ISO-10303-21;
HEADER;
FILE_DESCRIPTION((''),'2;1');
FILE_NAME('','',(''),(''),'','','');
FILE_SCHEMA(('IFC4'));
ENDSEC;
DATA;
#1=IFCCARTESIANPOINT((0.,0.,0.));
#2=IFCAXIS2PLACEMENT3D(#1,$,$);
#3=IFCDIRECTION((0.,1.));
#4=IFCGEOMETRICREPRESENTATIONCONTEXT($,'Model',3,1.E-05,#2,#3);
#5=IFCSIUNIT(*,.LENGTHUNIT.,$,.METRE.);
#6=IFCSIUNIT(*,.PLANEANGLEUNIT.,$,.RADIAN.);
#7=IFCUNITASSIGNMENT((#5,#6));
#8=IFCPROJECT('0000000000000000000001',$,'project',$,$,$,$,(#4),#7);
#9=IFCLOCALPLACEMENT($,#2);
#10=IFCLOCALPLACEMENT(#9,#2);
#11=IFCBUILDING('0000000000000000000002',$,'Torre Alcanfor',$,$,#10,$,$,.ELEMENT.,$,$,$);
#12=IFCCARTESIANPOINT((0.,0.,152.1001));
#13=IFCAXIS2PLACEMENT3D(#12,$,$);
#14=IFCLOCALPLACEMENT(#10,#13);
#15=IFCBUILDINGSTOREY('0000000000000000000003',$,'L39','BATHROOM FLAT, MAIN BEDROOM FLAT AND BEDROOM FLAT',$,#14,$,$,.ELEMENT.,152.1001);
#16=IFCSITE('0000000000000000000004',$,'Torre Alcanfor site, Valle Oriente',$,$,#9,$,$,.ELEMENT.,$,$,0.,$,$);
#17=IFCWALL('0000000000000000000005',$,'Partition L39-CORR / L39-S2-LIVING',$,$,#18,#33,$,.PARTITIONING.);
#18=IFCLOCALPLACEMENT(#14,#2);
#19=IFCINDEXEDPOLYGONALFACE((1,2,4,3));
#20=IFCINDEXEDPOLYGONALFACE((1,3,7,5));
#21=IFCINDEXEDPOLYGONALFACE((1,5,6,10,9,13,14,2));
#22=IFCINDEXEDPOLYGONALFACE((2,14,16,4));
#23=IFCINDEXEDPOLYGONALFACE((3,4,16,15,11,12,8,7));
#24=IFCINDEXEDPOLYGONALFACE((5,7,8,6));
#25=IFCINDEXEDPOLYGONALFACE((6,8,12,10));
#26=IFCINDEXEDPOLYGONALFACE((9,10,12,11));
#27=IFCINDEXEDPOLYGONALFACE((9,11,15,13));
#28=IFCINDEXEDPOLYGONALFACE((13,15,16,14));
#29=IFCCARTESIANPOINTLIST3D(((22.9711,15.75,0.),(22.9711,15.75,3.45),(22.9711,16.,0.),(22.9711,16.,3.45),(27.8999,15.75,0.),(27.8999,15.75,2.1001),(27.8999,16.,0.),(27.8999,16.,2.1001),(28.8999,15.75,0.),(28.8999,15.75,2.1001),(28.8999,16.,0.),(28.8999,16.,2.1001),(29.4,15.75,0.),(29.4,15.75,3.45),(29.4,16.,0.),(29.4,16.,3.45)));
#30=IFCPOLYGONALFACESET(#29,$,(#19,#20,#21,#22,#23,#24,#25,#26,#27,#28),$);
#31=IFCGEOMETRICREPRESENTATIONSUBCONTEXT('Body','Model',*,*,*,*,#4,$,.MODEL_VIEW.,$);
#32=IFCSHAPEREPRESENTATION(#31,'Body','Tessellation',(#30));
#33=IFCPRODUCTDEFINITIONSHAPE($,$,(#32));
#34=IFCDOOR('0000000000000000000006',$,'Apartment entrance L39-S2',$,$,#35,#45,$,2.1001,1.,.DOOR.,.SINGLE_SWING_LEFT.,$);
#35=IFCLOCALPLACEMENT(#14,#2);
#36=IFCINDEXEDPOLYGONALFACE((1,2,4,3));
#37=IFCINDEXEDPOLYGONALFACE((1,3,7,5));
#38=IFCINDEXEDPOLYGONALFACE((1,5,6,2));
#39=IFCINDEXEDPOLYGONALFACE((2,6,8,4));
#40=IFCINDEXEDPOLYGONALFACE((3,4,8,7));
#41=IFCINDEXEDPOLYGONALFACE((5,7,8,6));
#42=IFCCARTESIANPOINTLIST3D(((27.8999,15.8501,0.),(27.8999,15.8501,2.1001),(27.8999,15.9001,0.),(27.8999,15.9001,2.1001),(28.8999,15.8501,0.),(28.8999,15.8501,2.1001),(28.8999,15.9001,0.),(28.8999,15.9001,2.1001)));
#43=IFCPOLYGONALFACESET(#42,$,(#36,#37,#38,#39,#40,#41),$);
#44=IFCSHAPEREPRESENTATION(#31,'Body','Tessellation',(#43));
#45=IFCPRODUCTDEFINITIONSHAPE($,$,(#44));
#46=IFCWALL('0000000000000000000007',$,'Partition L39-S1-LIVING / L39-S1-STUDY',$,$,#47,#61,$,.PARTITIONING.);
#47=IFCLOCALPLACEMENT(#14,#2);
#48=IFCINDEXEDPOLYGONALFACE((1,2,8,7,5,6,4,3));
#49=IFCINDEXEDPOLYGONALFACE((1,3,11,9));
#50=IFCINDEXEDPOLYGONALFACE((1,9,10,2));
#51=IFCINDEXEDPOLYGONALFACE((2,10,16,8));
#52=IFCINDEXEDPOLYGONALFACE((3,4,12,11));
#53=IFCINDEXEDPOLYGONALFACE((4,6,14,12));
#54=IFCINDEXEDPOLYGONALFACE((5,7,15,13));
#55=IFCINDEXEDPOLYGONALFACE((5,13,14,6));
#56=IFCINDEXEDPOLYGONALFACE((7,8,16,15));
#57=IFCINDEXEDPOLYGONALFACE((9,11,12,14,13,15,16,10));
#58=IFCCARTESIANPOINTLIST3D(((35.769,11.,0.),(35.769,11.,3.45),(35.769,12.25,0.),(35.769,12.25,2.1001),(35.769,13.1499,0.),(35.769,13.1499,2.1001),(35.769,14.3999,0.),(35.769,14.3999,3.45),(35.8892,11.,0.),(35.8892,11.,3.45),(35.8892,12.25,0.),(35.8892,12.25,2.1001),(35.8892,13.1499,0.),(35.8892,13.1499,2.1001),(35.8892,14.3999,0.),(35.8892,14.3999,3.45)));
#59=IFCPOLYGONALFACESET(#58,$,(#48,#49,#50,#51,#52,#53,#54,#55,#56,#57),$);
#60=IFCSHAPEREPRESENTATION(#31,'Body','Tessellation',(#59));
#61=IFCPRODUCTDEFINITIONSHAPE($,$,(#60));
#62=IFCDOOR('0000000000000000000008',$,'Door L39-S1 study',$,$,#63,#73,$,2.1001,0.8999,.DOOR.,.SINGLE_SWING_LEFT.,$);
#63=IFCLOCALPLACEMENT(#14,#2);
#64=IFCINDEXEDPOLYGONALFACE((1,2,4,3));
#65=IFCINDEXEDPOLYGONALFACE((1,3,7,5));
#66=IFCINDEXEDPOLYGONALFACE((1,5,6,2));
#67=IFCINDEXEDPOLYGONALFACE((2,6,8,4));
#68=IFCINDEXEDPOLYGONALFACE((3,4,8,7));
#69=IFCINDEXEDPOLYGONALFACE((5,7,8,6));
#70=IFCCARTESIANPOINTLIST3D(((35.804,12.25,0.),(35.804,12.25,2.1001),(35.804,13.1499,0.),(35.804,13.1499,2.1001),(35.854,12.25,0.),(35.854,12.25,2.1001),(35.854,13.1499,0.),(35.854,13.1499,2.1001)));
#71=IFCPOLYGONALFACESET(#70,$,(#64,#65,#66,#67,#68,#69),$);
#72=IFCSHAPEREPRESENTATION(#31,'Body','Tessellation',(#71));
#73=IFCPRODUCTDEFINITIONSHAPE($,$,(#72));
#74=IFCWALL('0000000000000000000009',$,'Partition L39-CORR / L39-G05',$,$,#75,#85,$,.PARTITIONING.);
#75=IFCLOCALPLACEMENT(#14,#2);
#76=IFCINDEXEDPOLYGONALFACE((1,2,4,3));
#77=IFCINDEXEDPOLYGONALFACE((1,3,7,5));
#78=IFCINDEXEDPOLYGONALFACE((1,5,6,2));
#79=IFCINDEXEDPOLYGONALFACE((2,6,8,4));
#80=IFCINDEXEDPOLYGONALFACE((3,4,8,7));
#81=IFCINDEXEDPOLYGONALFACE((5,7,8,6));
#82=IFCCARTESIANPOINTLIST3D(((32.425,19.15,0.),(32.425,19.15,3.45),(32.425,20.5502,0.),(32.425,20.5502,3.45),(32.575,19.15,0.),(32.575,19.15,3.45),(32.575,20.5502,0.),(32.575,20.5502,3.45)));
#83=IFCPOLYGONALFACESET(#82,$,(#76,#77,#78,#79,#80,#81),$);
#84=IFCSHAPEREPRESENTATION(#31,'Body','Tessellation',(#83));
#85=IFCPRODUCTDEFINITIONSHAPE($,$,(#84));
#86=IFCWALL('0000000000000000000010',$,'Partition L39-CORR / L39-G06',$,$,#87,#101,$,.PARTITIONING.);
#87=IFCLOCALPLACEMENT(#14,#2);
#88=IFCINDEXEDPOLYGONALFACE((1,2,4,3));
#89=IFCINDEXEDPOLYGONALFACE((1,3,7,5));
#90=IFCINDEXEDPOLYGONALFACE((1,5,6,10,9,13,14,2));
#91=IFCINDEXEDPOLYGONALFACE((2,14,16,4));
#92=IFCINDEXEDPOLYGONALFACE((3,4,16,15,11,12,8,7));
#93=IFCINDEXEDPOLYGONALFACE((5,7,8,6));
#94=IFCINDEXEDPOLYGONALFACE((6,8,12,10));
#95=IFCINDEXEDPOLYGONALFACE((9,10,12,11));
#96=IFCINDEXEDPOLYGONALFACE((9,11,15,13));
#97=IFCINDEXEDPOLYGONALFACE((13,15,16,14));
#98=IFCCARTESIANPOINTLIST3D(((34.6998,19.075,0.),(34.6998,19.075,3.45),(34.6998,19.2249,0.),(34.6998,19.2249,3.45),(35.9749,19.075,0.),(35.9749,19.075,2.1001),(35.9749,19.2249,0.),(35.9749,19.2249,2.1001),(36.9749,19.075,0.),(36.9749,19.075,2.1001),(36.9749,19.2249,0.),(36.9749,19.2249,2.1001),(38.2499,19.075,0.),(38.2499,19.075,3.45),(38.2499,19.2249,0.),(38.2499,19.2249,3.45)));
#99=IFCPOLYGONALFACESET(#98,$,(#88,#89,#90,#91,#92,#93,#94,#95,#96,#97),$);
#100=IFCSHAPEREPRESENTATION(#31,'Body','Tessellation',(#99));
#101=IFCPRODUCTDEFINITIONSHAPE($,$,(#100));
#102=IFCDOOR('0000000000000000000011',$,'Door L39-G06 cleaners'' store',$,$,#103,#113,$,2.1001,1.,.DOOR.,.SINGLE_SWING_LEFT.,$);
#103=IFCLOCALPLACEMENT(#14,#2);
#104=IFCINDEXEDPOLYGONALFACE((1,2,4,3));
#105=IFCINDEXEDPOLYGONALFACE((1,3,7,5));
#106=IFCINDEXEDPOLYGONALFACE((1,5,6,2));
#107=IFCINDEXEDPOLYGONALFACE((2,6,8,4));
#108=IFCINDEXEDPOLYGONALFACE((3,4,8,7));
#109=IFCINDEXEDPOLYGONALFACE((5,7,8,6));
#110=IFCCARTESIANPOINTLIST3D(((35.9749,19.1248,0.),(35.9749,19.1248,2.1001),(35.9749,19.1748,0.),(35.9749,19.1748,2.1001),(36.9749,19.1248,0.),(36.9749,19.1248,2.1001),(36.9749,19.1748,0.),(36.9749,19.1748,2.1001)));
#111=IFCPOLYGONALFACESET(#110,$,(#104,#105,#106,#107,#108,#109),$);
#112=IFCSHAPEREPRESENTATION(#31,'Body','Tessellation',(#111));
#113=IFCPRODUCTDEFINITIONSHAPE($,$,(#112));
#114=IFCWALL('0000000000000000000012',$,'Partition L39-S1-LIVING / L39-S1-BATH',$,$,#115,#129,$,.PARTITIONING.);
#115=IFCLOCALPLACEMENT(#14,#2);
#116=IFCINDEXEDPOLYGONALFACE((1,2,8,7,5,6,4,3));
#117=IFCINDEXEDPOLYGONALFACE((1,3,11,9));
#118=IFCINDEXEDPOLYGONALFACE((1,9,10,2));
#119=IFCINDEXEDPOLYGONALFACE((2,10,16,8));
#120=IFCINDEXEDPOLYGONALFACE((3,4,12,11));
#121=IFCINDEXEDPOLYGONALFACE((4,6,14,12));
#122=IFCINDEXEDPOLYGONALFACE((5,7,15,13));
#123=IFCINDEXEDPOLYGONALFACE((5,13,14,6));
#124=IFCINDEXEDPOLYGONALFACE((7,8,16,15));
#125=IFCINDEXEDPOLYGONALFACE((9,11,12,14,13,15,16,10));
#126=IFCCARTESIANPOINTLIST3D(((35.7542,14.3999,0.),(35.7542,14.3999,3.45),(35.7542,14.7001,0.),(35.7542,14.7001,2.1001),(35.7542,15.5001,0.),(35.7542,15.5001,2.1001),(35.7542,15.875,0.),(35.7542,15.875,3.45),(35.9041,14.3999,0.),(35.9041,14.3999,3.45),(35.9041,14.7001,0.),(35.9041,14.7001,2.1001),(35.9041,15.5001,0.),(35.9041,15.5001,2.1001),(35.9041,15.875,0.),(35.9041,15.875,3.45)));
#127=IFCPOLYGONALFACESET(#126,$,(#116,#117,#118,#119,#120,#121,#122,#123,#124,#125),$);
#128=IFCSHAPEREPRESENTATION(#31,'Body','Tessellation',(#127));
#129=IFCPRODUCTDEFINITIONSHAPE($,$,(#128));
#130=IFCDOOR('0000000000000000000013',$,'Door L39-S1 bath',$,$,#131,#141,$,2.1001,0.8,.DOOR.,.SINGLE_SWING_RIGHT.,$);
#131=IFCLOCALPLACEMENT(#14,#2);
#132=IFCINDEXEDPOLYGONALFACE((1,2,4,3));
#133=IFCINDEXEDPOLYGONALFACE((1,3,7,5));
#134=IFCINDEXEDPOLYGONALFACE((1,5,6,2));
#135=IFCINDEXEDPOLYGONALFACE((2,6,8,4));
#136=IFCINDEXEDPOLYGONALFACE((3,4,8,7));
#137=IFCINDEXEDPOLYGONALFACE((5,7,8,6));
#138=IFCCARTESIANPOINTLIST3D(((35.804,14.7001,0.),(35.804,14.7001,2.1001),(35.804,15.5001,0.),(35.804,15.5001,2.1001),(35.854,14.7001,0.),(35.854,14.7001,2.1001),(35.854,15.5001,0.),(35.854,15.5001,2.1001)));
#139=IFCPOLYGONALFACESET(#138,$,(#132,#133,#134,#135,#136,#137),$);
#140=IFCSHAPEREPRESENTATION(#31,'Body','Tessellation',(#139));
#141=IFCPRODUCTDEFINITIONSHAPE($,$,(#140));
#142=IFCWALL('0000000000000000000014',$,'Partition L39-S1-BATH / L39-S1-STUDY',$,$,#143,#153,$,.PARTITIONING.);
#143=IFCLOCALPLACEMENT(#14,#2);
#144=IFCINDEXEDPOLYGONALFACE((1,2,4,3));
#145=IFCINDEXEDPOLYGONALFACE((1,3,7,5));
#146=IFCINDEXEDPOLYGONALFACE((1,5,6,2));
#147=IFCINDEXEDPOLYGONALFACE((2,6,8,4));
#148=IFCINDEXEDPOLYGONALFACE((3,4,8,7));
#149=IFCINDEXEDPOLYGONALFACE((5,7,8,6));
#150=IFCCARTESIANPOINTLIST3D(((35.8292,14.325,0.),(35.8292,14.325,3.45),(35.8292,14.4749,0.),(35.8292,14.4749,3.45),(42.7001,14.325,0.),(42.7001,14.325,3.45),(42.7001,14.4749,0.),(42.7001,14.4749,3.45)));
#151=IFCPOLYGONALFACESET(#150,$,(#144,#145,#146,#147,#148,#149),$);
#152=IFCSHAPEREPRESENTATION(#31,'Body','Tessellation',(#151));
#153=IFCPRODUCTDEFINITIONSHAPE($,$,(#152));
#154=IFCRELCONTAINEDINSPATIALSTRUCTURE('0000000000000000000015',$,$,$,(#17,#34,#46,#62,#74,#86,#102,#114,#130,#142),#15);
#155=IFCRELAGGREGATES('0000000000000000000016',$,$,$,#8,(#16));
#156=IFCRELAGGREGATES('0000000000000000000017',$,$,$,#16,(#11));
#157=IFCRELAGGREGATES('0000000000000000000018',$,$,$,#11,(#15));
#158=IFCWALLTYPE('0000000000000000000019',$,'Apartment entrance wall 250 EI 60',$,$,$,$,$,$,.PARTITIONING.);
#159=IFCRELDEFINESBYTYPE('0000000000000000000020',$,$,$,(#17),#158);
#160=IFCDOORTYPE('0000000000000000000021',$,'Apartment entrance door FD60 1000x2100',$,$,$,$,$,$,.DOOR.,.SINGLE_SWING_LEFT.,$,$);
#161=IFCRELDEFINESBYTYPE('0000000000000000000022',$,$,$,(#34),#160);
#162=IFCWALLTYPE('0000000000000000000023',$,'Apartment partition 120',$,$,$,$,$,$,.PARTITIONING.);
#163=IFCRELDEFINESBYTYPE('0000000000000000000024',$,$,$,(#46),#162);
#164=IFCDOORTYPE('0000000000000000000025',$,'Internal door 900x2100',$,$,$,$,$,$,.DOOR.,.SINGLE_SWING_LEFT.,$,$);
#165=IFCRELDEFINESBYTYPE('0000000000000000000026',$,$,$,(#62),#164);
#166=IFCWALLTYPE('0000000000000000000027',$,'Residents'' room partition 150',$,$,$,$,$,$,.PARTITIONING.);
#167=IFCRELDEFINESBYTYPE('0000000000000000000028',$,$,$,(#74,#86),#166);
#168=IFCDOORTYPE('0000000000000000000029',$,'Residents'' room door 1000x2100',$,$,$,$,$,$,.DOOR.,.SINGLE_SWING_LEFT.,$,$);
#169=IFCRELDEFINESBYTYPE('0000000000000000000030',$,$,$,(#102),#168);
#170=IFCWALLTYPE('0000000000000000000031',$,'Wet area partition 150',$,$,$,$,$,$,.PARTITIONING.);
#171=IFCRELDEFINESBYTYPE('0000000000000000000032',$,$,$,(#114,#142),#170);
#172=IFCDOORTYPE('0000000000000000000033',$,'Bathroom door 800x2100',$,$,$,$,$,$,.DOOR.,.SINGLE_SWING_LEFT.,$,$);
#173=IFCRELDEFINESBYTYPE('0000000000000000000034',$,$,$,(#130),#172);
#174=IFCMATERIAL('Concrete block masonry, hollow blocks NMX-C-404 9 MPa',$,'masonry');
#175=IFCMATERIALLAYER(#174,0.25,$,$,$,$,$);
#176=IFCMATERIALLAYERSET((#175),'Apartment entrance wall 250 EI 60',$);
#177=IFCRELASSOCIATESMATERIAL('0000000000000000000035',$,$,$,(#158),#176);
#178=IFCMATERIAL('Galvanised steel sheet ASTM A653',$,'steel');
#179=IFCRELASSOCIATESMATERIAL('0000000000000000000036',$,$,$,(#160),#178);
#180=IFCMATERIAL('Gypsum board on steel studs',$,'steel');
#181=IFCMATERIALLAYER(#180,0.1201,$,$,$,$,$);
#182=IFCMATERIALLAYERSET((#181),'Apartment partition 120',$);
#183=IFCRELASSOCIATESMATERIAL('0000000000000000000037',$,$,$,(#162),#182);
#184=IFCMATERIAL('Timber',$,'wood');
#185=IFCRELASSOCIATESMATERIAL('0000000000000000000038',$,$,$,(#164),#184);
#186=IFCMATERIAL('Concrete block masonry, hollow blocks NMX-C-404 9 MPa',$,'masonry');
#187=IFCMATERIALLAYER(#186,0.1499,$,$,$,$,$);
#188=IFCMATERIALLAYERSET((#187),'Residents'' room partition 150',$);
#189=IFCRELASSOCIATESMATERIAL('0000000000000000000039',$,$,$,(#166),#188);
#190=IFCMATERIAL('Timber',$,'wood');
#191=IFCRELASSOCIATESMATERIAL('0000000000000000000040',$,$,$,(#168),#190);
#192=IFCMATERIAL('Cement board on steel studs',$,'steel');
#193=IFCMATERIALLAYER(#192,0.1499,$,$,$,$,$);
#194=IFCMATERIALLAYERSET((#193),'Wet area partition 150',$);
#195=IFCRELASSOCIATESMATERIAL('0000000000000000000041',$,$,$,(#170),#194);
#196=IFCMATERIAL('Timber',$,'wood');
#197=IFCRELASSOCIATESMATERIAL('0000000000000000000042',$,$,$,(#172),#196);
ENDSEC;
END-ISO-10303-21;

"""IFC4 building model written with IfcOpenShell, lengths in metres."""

from ifc_helpers import new_model, si_unit, direction, frame, frame_2d, origin, place, context, subcontext, project, spatial, rectangle, extrude, material, layer, layer_set, type_object, element, fill, save


model = new_model("IFC4")

# Units and contexts
model_context = context("Model", 3, precision=1e-05, world=origin(), true_north=direction((0.0, 1.0)))
body_context = subcontext(model_context, "Body", "Model", "MODEL_VIEW")
ifc_project = project(units=[si_unit("LENGTHUNIT", "METRE"), si_unit("PLANEANGLEUNIT", "RADIAN")], contexts=[model_context])

# Site, building, storey
site_placement = place(None, origin())
site = spatial("IfcSite", under=ifc_project, at=site_placement, Name="Torre Alcanfor site, Valle Oriente", CompositionType="ELEMENT", RefElevation=0.0)
building_placement = place(site_placement, origin())
building = spatial("IfcBuilding", under=site, at=building_placement, Name="Torre Alcanfor", CompositionType="ELEMENT")
storey_placement = place(building_placement, frame((0.0, 0.0, 152.1001)))
storey = spatial("IfcBuildingStorey", under=building, at=storey_placement, Name="L39", Description="BATHROOM FLAT, MAIN BEDROOM FLAT AND BEDROOM FLAT", CompositionType="ELEMENT", Elevation=152.1001)

# Walls, openings, doors
ifc_material_1 = material(Name="Concrete block masonry, hollow blocks NMX-C-404 9 MPa", Category="masonry")
ifc_layer_1 = layer(ifc_material_1, 0.25)
ifc_layer_set_1 = layer_set([ifc_layer_1], Name="Apartment entrance wall 250 EI 60")
wall_type_1 = type_object("IfcWallType", Name="Apartment entrance wall 250 EI 60", PredefinedType="PARTITIONING", material=ifc_layer_set_1)
ifc_material_2 = material(Name="Galvanised steel sheet ASTM A653", Category="steel")
door_type_1 = type_object("IfcDoorType", Name="Apartment entrance door FD60 1000x2100", OperationType="SINGLE_SWING_LEFT", PredefinedType="DOOR", material=ifc_material_2)
wall_1_placement = place(storey_placement, frame((29.3999, 15.875, 0.0), z_axis=(0.0, 0.0, 1.0), x_axis=(-1.0, 0.0, 0.0)))
wall_1 = element("IfcWall", 1, at=wall_1_placement, inside=storey, type_object=wall_type_1, Name="Partition L39-CORR / L39-S2-LIVING", PredefinedType="PARTITIONING", context=body_context, shape_type="SweptSolid", body=[
    extrude(rectangle(XDim=6.429, YDim=0.25, at=frame_2d((3.2144, 0.0))), origin(), (0.0, 0.0, 1.0), 3.45),
])
opening_1_placement = place(wall_1_placement, frame((0.5, 0.0, 0.0)))
opening_1 = element("IfcOpeningElement", 2, at=opening_1_placement, cuts=wall_1, PredefinedType="OPENING", context=body_context, shape_type="SweptSolid", body=[
    extrude(rectangle(XDim=1.0, YDim=2.1001, at=frame_2d((0.5, 1.05))), frame((0.0, 0.135, 0.0), z_axis=(0.0, -1.0, 0.0), x_axis=(1.0, 0.0, 0.0)), (0.0, 0.0, 1.0), 0.27),
])
door_1_placement = place(opening_1_placement, origin())
door_1 = element("IfcDoor", 3, at=door_1_placement, inside=storey, type_object=door_type_1, Name="Apartment entrance L39-S2", OperationType="SINGLE_SWING_LEFT", OverallHeight=2.1001, OverallWidth=1.0, PredefinedType="DOOR", context=body_context, shape_type="SweptSolid", body=[
    extrude(rectangle(XDim=1.0, YDim=2.1001, at=frame_2d((0.5, 1.05))), frame((0.0, 0.0249, 0.0), z_axis=(0.0, -1.0, 0.0), x_axis=(1.0, 0.0, 0.0)), (0.0, 0.0, 1.0), 0.05),
])
fill(opening_1, door_1)
ifc_material_3 = material(Name="Gypsum board on steel studs", Category="steel")
ifc_layer_2 = layer(ifc_material_3, 0.1201)
ifc_layer_set_2 = layer_set([ifc_layer_2], Name="Apartment partition 120")
wall_type_2 = type_object("IfcWallType", Name="Apartment partition 120", PredefinedType="PARTITIONING", material=ifc_layer_set_2)
wall_2_placement = place(storey_placement, frame((35.8291, 14.3999, 0.0), z_axis=(0.0, 0.0, 1.0), x_axis=(0.0, -1.0, 0.0)))
wall_2 = element("IfcWall", 4, at=wall_2_placement, inside=storey, type_object=wall_type_2, Name="Partition L39-S1-LIVING / L39-S1-STUDY", PredefinedType="PARTITIONING", context=body_context, shape_type="SweptSolid", body=[
    extrude(rectangle(XDim=3.3999, YDim=0.1201, at=frame_2d((1.7, 0.0))), origin(), (0.0, 0.0, 1.0), 3.45),
])
opening_2_placement = place(wall_2_placement, frame((1.25, 0.0, 0.0)))
opening_2 = element("IfcOpeningElement", 5, at=opening_2_placement, cuts=wall_2, PredefinedType="OPENING", context=body_context, shape_type="SweptSolid", body=[
    extrude(rectangle(XDim=0.8999, YDim=2.1001, at=frame_2d((0.45, 1.05))), frame((0.0, 0.0701, 0.0), z_axis=(0.0, -1.0, 0.0), x_axis=(1.0, 0.0, 0.0)), (0.0, 0.0, 1.0), 0.1401),
])
ifc_material_4 = material(Name="Timber", Category="wood")
door_type_2 = type_object("IfcDoorType", Name="Internal door 900x2100", OperationType="SINGLE_SWING_LEFT", PredefinedType="DOOR", material=ifc_material_4)
door_2_placement = place(opening_2_placement, origin())
door_2 = element("IfcDoor", 6, at=door_2_placement, inside=storey, type_object=door_type_2, Name="Door L39-S1 study", OperationType="SINGLE_SWING_LEFT", OverallHeight=2.1001, OverallWidth=0.8999, PredefinedType="DOOR", context=body_context, shape_type="SweptSolid", body=[
    extrude(rectangle(XDim=0.8999, YDim=2.1001, at=frame_2d((0.45, 1.05))), frame((0.0, 0.0249, 0.0), z_axis=(0.0, -1.0, 0.0), x_axis=(1.0, 0.0, 0.0)), (0.0, 0.0, 1.0), 0.05),
])
fill(opening_2, door_2)

# Wall
ifc_material_5 = material(Name="Concrete block masonry, hollow blocks NMX-C-404 9 MPa", Category="masonry")
ifc_layer_3 = layer(ifc_material_5, 0.1499)
ifc_layer_set_3 = layer_set([ifc_layer_3], Name="Residents' room partition 150")
wall_type_3 = type_object("IfcWallType", Name="Residents' room partition 150", PredefinedType="PARTITIONING", material=ifc_layer_set_3)
wall_3_placement = place(storey_placement, frame((32.5, 19.1499, 0.0), z_axis=(0.0, 0.0, 1.0), x_axis=(0.0, 1.0, 0.0)))
element("IfcWall", 7, at=wall_3_placement, inside=storey, type_object=wall_type_3, Name="Partition L39-CORR / L39-G05", PredefinedType="PARTITIONING", context=body_context, shape_type="SweptSolid", body=[
    extrude(rectangle(XDim=1.4001, YDim=0.1499, at=frame_2d((0.7002, 0.0))), origin(), (0.0, 0.0, 1.0), 3.45),
])

# Walls, openings, doors
wall_4_placement = place(storey_placement, frame((34.7, 19.1499, 0.0), z_axis=(0.0, 0.0, 1.0), x_axis=(1.0, 0.0, 0.0)))
wall_4 = element("IfcWall", 8, at=wall_4_placement, inside=storey, type_object=wall_type_3, Name="Partition L39-CORR / L39-G06", PredefinedType="PARTITIONING", context=body_context, shape_type="SweptSolid", body=[
    extrude(rectangle(XDim=3.55, YDim=0.1499, at=frame_2d((1.7749, 0.0))), origin(), (0.0, 0.0, 1.0), 3.45),
])
opening_3_placement = place(wall_4_placement, frame((1.2749, 0.0, 0.0)))
opening_3 = element("IfcOpeningElement", 9, at=opening_3_placement, cuts=wall_4, PredefinedType="OPENING", context=body_context, shape_type="SweptSolid", body=[
    extrude(rectangle(XDim=1.0, YDim=2.1001, at=frame_2d((0.5, 1.05))), frame((0.0, 0.085, 0.0), z_axis=(0.0, -1.0, 0.0), x_axis=(1.0, 0.0, 0.0)), (0.0, 0.0, 1.0), 0.1699),
])
ifc_material_6 = material(Name="Timber", Category="wood")
door_type_3 = type_object("IfcDoorType", Name="Residents' room door 1000x2100", OperationType="SINGLE_SWING_LEFT", PredefinedType="DOOR", material=ifc_material_6)
door_3_placement = place(opening_3_placement, origin())
door_3 = element("IfcDoor", 10, at=door_3_placement, inside=storey, type_object=door_type_3, Name="Door L39-G06 cleaners' store", OperationType="SINGLE_SWING_LEFT", OverallHeight=2.1001, OverallWidth=1.0, PredefinedType="DOOR", context=body_context, shape_type="SweptSolid", body=[
    extrude(rectangle(XDim=1.0, YDim=2.1001, at=frame_2d((0.5, 1.05))), frame((0.0, 0.0249, 0.0), z_axis=(0.0, -1.0, 0.0), x_axis=(1.0, 0.0, 0.0)), (0.0, 0.0, 1.0), 0.05),
])
fill(opening_3, door_3)
ifc_material_7 = material(Name="Cement board on steel studs", Category="steel")
ifc_layer_4 = layer(ifc_material_7, 0.1499)
ifc_layer_set_4 = layer_set([ifc_layer_4], Name="Wet area partition 150")
wall_type_4 = type_object("IfcWallType", Name="Wet area partition 150", PredefinedType="PARTITIONING", material=ifc_layer_set_4)
wall_5_placement = place(storey_placement, frame((35.8291, 15.875, 0.0), z_axis=(0.0, 0.0, 1.0), x_axis=(0.0, -1.0, 0.0)))
wall_5 = element("IfcWall", 11, at=wall_5_placement, inside=storey, type_object=wall_type_4, Name="Partition L39-S1-LIVING / L39-S1-BATH", PredefinedType="PARTITIONING", context=body_context, shape_type="SweptSolid", body=[
    extrude(rectangle(XDim=1.4751, YDim=0.1499, at=frame_2d((0.7375, 0.0))), origin(), (0.0, 0.0, 1.0), 3.45),
])
opening_4_placement = place(wall_5_placement, frame((0.375, 0.0, 0.0)))
opening_4 = element("IfcOpeningElement", 12, at=opening_4_placement, cuts=wall_5, PredefinedType="OPENING", context=body_context, shape_type="SweptSolid", body=[
    extrude(rectangle(XDim=0.8, YDim=2.1001, at=frame_2d((0.3999, 1.05))), frame((0.0, 0.085, 0.0), z_axis=(0.0, -1.0, 0.0), x_axis=(1.0, 0.0, 0.0)), (0.0, 0.0, 1.0), 0.1699),
])
ifc_material_8 = material(Name="Timber", Category="wood")
door_type_4 = type_object("IfcDoorType", Name="Bathroom door 800x2100", OperationType="SINGLE_SWING_LEFT", PredefinedType="DOOR", material=ifc_material_8)
door_4_placement = place(opening_4_placement, origin())
door_4 = element("IfcDoor", 13, at=door_4_placement, inside=storey, type_object=door_type_4, Name="Door L39-S1 bath", OperationType="SINGLE_SWING_RIGHT", OverallHeight=2.1001, OverallWidth=0.8, PredefinedType="DOOR", context=body_context, shape_type="SweptSolid", body=[
    extrude(rectangle(XDim=0.8, YDim=2.1001, at=frame_2d((0.3999, 1.05))), frame((0.0, 0.0249, 0.0), z_axis=(0.0, -1.0, 0.0), x_axis=(1.0, 0.0, 0.0)), (0.0, 0.0, 1.0), 0.05),
])
fill(opening_4, door_4)

# Wall
wall_6_placement = place(storey_placement, frame((35.8291, 14.3999, 0.0), z_axis=(0.0, 0.0, 1.0), x_axis=(1.0, 0.0, 0.0)))
element("IfcWall", 14, at=wall_6_placement, inside=storey, type_object=wall_type_4, Name="Partition L39-S1-BATH / L39-S1-STUDY", PredefinedType="PARTITIONING", context=body_context, shape_type="SweptSolid", body=[
    extrude(rectangle(XDim=6.8708, YDim=0.1499, at=frame_2d((3.4355, 0.0))), origin(), (0.0, 0.0, 1.0), 3.45),
])

save(model, "model.ifc")
